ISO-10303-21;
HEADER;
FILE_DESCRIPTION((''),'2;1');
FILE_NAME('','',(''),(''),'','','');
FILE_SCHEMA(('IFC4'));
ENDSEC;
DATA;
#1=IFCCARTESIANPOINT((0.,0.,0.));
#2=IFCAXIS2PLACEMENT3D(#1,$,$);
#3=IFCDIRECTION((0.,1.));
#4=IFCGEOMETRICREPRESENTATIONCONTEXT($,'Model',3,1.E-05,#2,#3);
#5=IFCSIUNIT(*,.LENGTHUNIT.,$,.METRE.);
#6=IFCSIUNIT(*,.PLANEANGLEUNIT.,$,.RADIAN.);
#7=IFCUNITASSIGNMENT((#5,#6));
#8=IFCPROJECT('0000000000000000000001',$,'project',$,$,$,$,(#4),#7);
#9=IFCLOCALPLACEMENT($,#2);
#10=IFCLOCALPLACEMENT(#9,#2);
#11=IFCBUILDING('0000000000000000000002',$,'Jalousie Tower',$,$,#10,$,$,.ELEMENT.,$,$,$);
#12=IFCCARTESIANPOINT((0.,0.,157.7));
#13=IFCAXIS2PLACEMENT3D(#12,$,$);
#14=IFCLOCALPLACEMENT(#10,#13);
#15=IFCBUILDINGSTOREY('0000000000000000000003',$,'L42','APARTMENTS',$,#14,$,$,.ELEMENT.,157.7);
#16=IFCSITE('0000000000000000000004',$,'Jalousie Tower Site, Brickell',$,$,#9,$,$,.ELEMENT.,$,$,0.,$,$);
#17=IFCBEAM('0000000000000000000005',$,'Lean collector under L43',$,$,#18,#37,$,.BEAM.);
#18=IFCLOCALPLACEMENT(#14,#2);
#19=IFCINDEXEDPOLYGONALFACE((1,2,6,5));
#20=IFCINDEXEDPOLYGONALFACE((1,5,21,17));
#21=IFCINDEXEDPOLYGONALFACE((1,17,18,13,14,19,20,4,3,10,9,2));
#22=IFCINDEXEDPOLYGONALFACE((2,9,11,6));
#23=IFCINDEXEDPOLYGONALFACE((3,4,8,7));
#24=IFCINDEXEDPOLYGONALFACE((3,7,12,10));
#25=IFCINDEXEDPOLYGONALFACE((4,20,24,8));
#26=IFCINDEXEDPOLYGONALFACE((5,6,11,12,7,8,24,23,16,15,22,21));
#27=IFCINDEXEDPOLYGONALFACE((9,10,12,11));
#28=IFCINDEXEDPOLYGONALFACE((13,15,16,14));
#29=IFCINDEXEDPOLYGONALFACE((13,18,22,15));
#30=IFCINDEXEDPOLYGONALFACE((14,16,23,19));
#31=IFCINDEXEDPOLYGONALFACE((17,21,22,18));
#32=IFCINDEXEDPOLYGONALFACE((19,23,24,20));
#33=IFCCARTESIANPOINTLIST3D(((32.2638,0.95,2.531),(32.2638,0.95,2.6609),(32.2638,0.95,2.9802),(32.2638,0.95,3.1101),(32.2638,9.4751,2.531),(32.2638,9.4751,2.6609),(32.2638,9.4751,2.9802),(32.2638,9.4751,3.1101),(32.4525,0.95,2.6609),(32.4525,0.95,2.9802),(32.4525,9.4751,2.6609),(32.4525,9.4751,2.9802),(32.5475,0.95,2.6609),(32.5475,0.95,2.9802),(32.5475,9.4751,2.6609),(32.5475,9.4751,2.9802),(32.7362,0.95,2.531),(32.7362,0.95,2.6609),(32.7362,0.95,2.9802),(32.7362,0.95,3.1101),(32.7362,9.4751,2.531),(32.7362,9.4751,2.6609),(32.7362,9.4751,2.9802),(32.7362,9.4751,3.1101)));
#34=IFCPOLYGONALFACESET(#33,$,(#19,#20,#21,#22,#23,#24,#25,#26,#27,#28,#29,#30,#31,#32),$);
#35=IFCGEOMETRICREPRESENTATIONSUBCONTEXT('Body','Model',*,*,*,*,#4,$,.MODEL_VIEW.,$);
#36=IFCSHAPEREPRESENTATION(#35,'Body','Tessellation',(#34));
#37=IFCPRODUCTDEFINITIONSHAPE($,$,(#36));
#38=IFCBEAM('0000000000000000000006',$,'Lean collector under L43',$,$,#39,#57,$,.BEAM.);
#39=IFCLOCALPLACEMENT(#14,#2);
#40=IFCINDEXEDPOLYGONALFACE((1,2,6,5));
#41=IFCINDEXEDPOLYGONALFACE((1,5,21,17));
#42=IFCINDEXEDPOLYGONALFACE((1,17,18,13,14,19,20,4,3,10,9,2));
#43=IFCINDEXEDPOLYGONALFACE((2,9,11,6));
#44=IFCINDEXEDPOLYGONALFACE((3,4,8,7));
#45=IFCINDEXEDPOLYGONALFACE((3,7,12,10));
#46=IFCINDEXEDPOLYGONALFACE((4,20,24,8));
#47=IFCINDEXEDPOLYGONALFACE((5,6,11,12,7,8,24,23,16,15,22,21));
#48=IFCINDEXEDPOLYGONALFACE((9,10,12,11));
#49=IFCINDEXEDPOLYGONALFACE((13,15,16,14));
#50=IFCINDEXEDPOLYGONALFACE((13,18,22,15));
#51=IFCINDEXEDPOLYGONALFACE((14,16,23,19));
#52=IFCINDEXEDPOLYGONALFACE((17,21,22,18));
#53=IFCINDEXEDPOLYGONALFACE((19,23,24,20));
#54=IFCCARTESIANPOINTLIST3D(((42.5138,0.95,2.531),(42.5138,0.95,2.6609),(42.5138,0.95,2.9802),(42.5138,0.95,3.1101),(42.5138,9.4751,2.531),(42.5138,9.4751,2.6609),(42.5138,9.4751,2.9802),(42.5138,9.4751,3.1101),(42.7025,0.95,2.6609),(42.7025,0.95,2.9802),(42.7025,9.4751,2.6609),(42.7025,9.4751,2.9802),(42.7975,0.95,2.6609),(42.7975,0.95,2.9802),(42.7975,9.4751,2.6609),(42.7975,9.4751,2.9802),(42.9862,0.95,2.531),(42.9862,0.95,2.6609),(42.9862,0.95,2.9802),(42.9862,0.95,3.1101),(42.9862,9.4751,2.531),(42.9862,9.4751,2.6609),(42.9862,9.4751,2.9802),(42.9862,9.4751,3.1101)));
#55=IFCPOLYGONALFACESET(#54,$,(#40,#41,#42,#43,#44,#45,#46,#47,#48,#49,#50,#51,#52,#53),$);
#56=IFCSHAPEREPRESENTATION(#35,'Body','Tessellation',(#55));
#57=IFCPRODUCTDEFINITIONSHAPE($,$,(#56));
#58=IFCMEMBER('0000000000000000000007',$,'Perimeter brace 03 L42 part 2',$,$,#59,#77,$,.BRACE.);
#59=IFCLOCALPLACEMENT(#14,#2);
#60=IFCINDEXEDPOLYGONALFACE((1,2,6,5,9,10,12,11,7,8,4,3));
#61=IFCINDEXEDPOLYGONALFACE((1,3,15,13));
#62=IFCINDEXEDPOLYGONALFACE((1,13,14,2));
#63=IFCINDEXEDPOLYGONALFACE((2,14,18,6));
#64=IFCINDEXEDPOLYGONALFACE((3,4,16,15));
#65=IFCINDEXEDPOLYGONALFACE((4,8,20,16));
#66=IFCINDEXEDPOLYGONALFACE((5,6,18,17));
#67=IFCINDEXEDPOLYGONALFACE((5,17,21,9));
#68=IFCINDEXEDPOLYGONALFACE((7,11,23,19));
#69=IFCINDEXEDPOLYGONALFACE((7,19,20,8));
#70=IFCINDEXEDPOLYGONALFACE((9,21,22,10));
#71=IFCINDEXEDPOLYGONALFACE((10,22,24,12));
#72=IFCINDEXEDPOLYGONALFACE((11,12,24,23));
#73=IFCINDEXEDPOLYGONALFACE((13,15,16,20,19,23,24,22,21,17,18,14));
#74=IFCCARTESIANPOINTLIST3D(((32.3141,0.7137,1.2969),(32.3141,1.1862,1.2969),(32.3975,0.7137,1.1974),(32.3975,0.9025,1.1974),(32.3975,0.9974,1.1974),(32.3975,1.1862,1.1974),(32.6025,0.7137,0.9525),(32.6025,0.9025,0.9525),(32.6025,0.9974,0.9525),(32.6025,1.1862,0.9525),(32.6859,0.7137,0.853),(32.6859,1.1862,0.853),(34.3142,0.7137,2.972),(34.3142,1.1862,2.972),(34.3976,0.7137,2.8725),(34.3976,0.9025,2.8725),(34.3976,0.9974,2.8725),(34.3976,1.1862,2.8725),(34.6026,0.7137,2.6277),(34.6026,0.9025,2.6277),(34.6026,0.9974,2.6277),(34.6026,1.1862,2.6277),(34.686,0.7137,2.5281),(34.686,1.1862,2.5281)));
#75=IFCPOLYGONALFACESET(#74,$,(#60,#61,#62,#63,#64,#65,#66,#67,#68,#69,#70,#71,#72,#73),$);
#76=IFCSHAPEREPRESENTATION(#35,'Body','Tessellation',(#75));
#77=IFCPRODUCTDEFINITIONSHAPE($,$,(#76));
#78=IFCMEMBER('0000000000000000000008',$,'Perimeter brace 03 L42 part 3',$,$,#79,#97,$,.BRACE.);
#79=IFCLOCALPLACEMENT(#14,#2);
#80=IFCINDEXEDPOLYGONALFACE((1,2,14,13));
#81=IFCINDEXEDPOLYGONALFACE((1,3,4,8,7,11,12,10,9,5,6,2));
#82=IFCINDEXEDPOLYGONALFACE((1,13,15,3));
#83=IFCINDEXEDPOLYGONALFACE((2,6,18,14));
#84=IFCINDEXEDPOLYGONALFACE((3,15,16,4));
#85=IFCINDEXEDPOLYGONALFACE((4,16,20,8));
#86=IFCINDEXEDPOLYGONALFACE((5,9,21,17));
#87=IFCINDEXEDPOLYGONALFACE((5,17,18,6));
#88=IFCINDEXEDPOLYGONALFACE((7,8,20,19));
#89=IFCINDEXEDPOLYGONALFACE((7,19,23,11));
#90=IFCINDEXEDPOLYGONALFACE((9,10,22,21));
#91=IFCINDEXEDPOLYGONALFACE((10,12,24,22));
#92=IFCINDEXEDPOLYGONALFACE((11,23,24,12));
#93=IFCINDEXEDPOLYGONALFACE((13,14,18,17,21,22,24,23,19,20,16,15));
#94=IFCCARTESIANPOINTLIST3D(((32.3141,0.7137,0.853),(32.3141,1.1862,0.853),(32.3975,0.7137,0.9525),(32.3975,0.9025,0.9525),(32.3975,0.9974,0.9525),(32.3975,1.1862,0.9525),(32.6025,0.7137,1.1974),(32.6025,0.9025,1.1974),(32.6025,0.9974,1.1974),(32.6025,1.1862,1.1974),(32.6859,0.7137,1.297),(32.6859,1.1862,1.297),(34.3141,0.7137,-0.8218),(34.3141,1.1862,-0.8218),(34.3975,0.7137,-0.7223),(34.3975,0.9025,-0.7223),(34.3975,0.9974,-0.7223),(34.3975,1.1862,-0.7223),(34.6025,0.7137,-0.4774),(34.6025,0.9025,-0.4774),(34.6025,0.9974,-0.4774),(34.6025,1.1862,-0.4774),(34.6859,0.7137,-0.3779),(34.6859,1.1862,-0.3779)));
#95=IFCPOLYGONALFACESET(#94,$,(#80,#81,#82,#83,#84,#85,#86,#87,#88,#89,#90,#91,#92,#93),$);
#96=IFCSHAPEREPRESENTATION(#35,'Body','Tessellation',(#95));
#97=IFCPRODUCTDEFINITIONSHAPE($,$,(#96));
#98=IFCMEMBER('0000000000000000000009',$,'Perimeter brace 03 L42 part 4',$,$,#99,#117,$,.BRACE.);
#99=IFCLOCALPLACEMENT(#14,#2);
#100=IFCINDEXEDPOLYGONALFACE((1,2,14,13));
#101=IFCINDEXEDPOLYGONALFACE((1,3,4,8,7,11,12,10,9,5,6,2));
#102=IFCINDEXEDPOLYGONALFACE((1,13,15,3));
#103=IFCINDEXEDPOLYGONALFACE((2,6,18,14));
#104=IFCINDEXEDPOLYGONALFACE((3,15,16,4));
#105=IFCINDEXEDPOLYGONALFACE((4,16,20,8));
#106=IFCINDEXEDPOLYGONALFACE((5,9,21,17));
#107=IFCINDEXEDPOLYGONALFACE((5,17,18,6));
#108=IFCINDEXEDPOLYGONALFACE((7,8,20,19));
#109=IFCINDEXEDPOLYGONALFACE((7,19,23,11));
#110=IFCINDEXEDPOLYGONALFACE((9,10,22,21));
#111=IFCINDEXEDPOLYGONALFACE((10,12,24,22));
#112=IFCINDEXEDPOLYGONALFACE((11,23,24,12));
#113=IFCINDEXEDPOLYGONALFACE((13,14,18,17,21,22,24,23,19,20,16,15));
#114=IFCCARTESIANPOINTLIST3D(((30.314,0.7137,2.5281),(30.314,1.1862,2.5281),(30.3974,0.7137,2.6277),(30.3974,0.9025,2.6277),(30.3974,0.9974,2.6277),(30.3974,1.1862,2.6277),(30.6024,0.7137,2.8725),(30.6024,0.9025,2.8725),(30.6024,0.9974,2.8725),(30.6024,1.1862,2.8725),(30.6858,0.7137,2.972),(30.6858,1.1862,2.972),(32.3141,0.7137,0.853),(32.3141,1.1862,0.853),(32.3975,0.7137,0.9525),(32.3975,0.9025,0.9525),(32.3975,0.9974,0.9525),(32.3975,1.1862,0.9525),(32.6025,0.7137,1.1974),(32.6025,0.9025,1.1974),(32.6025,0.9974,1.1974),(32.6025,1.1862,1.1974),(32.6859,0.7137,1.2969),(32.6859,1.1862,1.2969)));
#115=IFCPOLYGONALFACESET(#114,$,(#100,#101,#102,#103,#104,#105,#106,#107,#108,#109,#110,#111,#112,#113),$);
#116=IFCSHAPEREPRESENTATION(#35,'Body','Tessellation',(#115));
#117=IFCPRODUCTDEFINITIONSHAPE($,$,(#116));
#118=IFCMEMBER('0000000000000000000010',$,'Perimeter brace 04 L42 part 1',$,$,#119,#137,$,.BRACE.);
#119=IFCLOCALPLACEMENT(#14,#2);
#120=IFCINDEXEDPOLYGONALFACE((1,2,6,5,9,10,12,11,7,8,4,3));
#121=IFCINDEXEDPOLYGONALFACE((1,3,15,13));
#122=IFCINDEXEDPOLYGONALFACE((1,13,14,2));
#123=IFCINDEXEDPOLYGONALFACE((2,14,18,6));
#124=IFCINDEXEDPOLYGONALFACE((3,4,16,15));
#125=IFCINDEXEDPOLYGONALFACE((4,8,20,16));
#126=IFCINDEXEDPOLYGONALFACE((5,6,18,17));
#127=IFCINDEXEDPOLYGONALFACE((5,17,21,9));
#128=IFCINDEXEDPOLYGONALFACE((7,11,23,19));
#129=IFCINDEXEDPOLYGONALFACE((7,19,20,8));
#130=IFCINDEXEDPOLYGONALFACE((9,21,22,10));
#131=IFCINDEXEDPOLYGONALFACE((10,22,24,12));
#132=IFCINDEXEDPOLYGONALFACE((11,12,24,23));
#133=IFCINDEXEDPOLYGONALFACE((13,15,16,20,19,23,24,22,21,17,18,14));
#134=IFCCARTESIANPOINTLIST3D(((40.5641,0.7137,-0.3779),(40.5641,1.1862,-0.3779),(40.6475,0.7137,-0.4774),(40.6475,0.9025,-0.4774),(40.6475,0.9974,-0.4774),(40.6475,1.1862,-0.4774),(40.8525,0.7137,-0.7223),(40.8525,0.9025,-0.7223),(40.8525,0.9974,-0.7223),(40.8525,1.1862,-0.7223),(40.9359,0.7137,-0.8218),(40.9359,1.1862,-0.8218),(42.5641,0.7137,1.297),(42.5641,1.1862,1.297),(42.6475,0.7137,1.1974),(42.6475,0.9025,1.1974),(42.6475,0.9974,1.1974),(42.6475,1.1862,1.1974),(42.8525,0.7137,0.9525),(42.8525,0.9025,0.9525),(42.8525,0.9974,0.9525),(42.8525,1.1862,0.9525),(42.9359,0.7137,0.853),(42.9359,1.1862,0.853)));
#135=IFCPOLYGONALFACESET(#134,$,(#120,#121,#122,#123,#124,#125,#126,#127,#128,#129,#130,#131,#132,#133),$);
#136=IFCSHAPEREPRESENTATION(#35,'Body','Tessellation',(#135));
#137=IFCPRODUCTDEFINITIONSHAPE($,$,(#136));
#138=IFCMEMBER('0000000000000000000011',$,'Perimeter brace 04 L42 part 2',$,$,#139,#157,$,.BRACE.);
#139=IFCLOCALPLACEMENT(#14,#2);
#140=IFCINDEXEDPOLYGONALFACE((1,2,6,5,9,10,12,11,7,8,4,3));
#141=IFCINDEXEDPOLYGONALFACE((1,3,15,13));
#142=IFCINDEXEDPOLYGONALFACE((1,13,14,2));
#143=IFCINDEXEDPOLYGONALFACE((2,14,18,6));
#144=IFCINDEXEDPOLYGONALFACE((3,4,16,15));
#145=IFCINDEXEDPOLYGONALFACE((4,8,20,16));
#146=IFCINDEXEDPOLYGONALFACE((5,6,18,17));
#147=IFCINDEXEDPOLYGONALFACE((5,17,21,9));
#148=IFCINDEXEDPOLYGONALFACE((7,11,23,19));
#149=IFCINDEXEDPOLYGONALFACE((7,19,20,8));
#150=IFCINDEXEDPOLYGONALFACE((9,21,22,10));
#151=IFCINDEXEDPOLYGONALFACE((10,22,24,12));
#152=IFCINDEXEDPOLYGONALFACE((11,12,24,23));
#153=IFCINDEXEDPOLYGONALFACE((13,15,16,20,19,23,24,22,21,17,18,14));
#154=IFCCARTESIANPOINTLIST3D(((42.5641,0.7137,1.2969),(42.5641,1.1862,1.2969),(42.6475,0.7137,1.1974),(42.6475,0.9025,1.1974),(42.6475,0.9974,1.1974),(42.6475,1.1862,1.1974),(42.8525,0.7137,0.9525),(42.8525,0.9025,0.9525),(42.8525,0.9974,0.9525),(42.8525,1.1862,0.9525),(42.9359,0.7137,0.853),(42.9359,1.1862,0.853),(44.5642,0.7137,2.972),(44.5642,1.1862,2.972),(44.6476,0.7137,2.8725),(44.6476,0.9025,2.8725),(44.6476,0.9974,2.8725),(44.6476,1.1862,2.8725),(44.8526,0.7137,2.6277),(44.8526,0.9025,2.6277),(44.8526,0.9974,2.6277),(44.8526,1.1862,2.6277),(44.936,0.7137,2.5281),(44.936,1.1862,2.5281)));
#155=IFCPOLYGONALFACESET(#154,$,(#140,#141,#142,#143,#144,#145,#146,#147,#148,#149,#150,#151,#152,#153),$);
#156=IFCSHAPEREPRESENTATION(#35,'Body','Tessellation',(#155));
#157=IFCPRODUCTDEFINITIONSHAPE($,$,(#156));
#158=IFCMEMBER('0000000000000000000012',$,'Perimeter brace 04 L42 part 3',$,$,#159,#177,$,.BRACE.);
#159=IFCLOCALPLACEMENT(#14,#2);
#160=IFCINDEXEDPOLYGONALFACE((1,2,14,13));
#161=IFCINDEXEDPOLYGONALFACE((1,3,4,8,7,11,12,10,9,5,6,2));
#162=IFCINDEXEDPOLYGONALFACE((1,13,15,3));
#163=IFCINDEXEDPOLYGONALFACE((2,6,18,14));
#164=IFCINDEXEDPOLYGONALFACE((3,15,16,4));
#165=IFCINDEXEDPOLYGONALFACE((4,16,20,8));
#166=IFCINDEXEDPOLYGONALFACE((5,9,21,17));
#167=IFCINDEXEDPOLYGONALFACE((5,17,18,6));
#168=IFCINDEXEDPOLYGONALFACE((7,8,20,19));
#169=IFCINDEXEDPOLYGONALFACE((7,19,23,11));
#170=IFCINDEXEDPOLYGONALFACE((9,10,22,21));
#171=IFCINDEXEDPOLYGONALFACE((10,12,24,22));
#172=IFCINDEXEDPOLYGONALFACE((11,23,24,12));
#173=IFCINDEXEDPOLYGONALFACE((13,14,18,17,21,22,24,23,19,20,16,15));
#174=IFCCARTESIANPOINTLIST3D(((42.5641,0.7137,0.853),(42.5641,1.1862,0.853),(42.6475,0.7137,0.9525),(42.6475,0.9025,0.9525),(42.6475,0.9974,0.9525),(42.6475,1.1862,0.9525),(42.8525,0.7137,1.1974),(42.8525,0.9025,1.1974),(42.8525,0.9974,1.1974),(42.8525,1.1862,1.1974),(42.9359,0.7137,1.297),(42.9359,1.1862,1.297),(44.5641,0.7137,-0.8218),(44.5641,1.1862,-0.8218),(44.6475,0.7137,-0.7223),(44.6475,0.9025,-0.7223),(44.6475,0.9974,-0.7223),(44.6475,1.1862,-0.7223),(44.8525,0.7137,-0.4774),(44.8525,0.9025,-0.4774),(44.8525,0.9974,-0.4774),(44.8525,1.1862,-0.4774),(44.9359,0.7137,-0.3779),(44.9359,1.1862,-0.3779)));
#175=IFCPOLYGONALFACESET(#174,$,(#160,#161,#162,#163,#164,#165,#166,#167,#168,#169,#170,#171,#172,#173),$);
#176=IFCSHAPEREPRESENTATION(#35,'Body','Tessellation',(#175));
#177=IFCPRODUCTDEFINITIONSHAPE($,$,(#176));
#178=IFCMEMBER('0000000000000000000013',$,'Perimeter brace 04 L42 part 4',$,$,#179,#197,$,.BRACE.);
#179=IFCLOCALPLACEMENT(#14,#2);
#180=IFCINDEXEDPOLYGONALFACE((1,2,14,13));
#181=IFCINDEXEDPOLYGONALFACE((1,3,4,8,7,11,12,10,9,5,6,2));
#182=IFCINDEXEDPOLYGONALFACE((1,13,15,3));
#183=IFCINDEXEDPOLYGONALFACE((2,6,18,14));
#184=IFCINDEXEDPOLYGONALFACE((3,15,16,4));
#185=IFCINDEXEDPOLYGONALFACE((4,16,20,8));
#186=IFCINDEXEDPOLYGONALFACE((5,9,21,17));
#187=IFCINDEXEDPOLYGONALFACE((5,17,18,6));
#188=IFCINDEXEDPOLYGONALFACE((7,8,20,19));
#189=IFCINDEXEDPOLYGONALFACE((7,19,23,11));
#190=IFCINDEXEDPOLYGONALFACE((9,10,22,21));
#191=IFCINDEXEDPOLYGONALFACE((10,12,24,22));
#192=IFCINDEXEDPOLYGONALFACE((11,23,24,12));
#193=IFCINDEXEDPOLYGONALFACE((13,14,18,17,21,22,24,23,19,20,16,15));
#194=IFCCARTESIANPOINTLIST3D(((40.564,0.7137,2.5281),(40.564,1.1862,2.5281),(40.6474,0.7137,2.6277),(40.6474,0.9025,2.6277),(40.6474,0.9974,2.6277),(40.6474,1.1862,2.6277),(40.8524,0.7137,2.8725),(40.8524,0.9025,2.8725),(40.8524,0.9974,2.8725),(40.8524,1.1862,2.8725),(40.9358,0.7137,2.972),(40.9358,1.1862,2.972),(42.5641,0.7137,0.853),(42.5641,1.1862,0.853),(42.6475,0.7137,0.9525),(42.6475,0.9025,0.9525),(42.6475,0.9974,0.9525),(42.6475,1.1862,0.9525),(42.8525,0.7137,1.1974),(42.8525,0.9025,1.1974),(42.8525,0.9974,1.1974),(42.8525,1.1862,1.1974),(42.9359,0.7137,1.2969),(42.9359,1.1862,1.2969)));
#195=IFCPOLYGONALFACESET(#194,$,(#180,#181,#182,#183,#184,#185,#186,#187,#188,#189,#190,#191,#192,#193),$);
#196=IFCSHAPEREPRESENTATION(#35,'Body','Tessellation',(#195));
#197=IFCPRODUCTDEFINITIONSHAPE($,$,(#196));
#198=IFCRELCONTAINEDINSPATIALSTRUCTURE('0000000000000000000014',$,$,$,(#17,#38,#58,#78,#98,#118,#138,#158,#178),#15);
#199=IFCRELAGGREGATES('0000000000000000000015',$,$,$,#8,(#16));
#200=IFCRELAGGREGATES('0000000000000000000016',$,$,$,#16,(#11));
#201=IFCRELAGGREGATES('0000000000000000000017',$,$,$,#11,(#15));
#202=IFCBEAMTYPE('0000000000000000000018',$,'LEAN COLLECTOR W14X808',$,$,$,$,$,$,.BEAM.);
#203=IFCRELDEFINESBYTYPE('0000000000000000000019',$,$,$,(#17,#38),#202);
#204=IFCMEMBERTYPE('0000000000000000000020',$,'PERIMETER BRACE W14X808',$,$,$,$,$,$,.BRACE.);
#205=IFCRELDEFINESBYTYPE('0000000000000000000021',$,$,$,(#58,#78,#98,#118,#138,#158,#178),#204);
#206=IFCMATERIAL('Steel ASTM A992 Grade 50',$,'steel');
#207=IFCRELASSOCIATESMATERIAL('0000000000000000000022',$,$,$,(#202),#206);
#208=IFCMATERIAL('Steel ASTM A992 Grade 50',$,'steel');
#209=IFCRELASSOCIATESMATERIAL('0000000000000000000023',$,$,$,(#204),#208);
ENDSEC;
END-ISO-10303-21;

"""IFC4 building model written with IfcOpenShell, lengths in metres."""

from ifc_helpers import new_model, si_unit, direction, frame, origin, origin_2d, place, context, subcontext, project, spatial, i_section, extrude, material, material_profile, profile_set, type_object, element, save


model = new_model("IFC4")

# Units and contexts
model_context = context("Model", 3, precision=1e-05, world=origin(), true_north=direction((0.0, 1.0)))
body_context = subcontext(model_context, "Body", "Model", "MODEL_VIEW")
ifc_project = project(units=[si_unit("LENGTHUNIT", "METRE"), si_unit("PLANEANGLEUNIT", "RADIAN")], contexts=[model_context])

# Site, building, storey
site_placement = place(None, origin())
site = spatial("IfcSite", under=ifc_project, at=site_placement, Name="Jalousie Tower Site, Brickell", CompositionType="ELEMENT", RefElevation=0.0)
building_placement = place(site_placement, origin())
building = spatial("IfcBuilding", under=site, at=building_placement, Name="Jalousie Tower", CompositionType="ELEMENT")
storey_placement = place(building_placement, frame((0.0, 0.0, 157.7)))
storey = spatial("IfcBuildingStorey", under=building, at=storey_placement, Name="L42", Description="APARTMENTS", CompositionType="ELEMENT", Elevation=157.7)

# Beams
ifc_material_1 = material(Name="Steel ASTM A992 Grade 50", Category="steel")
ifc_material_profile_1 = material_profile(ifc_material_1, i_section(OverallWidth=0.4724, OverallDepth=0.5791, WebThickness=0.095, FlangeThickness=0.1299, at=origin_2d()), Name="W14X808")
ifc_profile_set_1 = profile_set([ifc_material_profile_1], Name="Steel ASTM A992 Grade 50")
beam_type_1 = type_object("IfcBeamType", Name="LEAN COLLECTOR W14X808", PredefinedType="BEAM", material=ifc_profile_set_1)
for number, where, z_axis, x_axis, name in (
    (1, (32.5, 0.95, 2.8206), (0.0, 1.0, 0.0), (-1.0, 0.0, 0.0), "Lean collector under L43"),
    (2, (42.75, 0.95, 2.8206), (0.0, 1.0, 0.0), (-1.0, 0.0, 0.0), "Lean collector under L43"),
):
    element("IfcBeam", number, at=place(storey_placement, frame(where, z_axis=z_axis, x_axis=x_axis)), inside=storey, type_object=beam_type_1, Name=name, PredefinedType="BEAM", context=body_context, shape_type="SweptSolid", body=[
        extrude(i_section(OverallWidth=0.4724, OverallDepth=0.5791, WebThickness=0.095, FlangeThickness=0.1299, at=origin_2d()), origin(), (0.0, 0.0, 1.0), 8.5251),
    ])

# Members
ifc_material_2 = material(Name="Steel ASTM A992 Grade 50", Category="steel")
ifc_material_profile_2 = material_profile(ifc_material_2, i_section(OverallWidth=0.4724, OverallDepth=0.5791, WebThickness=0.095, FlangeThickness=0.1299, at=origin_2d()), Name="W14X808")
ifc_profile_set_2 = profile_set([ifc_material_profile_2], Name="Steel ASTM A992 Grade 50")
member_type_1 = type_object("IfcMemberType", Name="PERIMETER BRACE W14X808", PredefinedType="BRACE", material=ifc_profile_set_2)
member_1_placement = place(storey_placement, frame((32.5, 0.95, 1.075), z_axis=(0.766639, 0.0, 0.642079), x_axis=(0.0, 1.0, 0.0)))
element("IfcMember", 3, at=member_1_placement, inside=storey, type_object=member_type_1, Name="Perimeter brace 03 L42 part 2", PredefinedType="BRACE", context=body_context, shape_type="SweptSolid", body=[
    extrude(i_section(OverallWidth=0.4724, OverallDepth=0.5791, WebThickness=0.095, FlangeThickness=0.1299, at=origin_2d()), origin(), (0.0, 0.0, 1.0), 2.6089),
])
member_2_placement = place(storey_placement, frame((34.5, 0.95, -0.5999), z_axis=(-0.766685, 0.0, 0.642024), x_axis=(0.0, -1.0, 0.0)))
element("IfcMember", 4, at=member_2_placement, inside=storey, type_object=member_type_1, Name="Perimeter brace 03 L42 part 3", PredefinedType="BRACE", context=body_context, shape_type="SweptSolid", body=[
    extrude(i_section(OverallWidth=0.4724, OverallDepth=0.5791, WebThickness=0.095, FlangeThickness=0.1299, at=origin_2d()), origin(), (0.0, 0.0, 1.0), 2.6086),
])
member_3_placement = place(storey_placement, frame((32.5, 0.95, 1.075), z_axis=(-0.766639, 0.0, 0.642079), x_axis=(0.0, -1.0, 0.0)))
element("IfcMember", 5, at=member_3_placement, inside=storey, type_object=member_type_1, Name="Perimeter brace 03 L42 part 4", PredefinedType="BRACE", context=body_context, shape_type="SweptSolid", body=[
    extrude(i_section(OverallWidth=0.4724, OverallDepth=0.5791, WebThickness=0.095, FlangeThickness=0.1299, at=origin_2d()), origin(), (0.0, 0.0, 1.0), 2.6089),
])
member_4_placement = place(storey_placement, frame((40.75, 0.95, -0.5999), z_axis=(0.766685, 0.0, 0.642024), x_axis=(0.0, 1.0, 0.0)))
element("IfcMember", 6, at=member_4_placement, inside=storey, type_object=member_type_1, Name="Perimeter brace 04 L42 part 1", PredefinedType="BRACE", context=body_context, shape_type="SweptSolid", body=[
    extrude(i_section(OverallWidth=0.4724, OverallDepth=0.5791, WebThickness=0.095, FlangeThickness=0.1299, at=origin_2d()), origin(), (0.0, 0.0, 1.0), 2.6086),
])
member_5_placement = place(storey_placement, frame((42.75, 0.95, 1.075), z_axis=(0.766639, 0.0, 0.642079), x_axis=(0.0, 1.0, 0.0)))
element("IfcMember", 7, at=member_5_placement, inside=storey, type_object=member_type_1, Name="Perimeter brace 04 L42 part 2", PredefinedType="BRACE", context=body_context, shape_type="SweptSolid", body=[
    extrude(i_section(OverallWidth=0.4724, OverallDepth=0.5791, WebThickness=0.095, FlangeThickness=0.1299, at=origin_2d()), origin(), (0.0, 0.0, 1.0), 2.6089),
])
member_6_placement = place(storey_placement, frame((44.75, 0.95, -0.5999), z_axis=(-0.766685, 0.0, 0.642024), x_axis=(0.0, -1.0, 0.0)))
element("IfcMember", 8, at=member_6_placement, inside=storey, type_object=member_type_1, Name="Perimeter brace 04 L42 part 3", PredefinedType="BRACE", context=body_context, shape_type="SweptSolid", body=[
    extrude(i_section(OverallWidth=0.4724, OverallDepth=0.5791, WebThickness=0.095, FlangeThickness=0.1299, at=origin_2d()), origin(), (0.0, 0.0, 1.0), 2.6086),
])
member_7_placement = place(storey_placement, frame((42.75, 0.95, 1.075), z_axis=(-0.766639, 0.0, 0.642079), x_axis=(0.0, -1.0, 0.0)))
element("IfcMember", 9, at=member_7_placement, inside=storey, type_object=member_type_1, Name="Perimeter brace 04 L42 part 4", PredefinedType="BRACE", context=body_context, shape_type="SweptSolid", body=[
    extrude(i_section(OverallWidth=0.4724, OverallDepth=0.5791, WebThickness=0.095, FlangeThickness=0.1299, at=origin_2d()), origin(), (0.0, 0.0, 1.0), 2.6089),
])

save(model, "model.ifc")
